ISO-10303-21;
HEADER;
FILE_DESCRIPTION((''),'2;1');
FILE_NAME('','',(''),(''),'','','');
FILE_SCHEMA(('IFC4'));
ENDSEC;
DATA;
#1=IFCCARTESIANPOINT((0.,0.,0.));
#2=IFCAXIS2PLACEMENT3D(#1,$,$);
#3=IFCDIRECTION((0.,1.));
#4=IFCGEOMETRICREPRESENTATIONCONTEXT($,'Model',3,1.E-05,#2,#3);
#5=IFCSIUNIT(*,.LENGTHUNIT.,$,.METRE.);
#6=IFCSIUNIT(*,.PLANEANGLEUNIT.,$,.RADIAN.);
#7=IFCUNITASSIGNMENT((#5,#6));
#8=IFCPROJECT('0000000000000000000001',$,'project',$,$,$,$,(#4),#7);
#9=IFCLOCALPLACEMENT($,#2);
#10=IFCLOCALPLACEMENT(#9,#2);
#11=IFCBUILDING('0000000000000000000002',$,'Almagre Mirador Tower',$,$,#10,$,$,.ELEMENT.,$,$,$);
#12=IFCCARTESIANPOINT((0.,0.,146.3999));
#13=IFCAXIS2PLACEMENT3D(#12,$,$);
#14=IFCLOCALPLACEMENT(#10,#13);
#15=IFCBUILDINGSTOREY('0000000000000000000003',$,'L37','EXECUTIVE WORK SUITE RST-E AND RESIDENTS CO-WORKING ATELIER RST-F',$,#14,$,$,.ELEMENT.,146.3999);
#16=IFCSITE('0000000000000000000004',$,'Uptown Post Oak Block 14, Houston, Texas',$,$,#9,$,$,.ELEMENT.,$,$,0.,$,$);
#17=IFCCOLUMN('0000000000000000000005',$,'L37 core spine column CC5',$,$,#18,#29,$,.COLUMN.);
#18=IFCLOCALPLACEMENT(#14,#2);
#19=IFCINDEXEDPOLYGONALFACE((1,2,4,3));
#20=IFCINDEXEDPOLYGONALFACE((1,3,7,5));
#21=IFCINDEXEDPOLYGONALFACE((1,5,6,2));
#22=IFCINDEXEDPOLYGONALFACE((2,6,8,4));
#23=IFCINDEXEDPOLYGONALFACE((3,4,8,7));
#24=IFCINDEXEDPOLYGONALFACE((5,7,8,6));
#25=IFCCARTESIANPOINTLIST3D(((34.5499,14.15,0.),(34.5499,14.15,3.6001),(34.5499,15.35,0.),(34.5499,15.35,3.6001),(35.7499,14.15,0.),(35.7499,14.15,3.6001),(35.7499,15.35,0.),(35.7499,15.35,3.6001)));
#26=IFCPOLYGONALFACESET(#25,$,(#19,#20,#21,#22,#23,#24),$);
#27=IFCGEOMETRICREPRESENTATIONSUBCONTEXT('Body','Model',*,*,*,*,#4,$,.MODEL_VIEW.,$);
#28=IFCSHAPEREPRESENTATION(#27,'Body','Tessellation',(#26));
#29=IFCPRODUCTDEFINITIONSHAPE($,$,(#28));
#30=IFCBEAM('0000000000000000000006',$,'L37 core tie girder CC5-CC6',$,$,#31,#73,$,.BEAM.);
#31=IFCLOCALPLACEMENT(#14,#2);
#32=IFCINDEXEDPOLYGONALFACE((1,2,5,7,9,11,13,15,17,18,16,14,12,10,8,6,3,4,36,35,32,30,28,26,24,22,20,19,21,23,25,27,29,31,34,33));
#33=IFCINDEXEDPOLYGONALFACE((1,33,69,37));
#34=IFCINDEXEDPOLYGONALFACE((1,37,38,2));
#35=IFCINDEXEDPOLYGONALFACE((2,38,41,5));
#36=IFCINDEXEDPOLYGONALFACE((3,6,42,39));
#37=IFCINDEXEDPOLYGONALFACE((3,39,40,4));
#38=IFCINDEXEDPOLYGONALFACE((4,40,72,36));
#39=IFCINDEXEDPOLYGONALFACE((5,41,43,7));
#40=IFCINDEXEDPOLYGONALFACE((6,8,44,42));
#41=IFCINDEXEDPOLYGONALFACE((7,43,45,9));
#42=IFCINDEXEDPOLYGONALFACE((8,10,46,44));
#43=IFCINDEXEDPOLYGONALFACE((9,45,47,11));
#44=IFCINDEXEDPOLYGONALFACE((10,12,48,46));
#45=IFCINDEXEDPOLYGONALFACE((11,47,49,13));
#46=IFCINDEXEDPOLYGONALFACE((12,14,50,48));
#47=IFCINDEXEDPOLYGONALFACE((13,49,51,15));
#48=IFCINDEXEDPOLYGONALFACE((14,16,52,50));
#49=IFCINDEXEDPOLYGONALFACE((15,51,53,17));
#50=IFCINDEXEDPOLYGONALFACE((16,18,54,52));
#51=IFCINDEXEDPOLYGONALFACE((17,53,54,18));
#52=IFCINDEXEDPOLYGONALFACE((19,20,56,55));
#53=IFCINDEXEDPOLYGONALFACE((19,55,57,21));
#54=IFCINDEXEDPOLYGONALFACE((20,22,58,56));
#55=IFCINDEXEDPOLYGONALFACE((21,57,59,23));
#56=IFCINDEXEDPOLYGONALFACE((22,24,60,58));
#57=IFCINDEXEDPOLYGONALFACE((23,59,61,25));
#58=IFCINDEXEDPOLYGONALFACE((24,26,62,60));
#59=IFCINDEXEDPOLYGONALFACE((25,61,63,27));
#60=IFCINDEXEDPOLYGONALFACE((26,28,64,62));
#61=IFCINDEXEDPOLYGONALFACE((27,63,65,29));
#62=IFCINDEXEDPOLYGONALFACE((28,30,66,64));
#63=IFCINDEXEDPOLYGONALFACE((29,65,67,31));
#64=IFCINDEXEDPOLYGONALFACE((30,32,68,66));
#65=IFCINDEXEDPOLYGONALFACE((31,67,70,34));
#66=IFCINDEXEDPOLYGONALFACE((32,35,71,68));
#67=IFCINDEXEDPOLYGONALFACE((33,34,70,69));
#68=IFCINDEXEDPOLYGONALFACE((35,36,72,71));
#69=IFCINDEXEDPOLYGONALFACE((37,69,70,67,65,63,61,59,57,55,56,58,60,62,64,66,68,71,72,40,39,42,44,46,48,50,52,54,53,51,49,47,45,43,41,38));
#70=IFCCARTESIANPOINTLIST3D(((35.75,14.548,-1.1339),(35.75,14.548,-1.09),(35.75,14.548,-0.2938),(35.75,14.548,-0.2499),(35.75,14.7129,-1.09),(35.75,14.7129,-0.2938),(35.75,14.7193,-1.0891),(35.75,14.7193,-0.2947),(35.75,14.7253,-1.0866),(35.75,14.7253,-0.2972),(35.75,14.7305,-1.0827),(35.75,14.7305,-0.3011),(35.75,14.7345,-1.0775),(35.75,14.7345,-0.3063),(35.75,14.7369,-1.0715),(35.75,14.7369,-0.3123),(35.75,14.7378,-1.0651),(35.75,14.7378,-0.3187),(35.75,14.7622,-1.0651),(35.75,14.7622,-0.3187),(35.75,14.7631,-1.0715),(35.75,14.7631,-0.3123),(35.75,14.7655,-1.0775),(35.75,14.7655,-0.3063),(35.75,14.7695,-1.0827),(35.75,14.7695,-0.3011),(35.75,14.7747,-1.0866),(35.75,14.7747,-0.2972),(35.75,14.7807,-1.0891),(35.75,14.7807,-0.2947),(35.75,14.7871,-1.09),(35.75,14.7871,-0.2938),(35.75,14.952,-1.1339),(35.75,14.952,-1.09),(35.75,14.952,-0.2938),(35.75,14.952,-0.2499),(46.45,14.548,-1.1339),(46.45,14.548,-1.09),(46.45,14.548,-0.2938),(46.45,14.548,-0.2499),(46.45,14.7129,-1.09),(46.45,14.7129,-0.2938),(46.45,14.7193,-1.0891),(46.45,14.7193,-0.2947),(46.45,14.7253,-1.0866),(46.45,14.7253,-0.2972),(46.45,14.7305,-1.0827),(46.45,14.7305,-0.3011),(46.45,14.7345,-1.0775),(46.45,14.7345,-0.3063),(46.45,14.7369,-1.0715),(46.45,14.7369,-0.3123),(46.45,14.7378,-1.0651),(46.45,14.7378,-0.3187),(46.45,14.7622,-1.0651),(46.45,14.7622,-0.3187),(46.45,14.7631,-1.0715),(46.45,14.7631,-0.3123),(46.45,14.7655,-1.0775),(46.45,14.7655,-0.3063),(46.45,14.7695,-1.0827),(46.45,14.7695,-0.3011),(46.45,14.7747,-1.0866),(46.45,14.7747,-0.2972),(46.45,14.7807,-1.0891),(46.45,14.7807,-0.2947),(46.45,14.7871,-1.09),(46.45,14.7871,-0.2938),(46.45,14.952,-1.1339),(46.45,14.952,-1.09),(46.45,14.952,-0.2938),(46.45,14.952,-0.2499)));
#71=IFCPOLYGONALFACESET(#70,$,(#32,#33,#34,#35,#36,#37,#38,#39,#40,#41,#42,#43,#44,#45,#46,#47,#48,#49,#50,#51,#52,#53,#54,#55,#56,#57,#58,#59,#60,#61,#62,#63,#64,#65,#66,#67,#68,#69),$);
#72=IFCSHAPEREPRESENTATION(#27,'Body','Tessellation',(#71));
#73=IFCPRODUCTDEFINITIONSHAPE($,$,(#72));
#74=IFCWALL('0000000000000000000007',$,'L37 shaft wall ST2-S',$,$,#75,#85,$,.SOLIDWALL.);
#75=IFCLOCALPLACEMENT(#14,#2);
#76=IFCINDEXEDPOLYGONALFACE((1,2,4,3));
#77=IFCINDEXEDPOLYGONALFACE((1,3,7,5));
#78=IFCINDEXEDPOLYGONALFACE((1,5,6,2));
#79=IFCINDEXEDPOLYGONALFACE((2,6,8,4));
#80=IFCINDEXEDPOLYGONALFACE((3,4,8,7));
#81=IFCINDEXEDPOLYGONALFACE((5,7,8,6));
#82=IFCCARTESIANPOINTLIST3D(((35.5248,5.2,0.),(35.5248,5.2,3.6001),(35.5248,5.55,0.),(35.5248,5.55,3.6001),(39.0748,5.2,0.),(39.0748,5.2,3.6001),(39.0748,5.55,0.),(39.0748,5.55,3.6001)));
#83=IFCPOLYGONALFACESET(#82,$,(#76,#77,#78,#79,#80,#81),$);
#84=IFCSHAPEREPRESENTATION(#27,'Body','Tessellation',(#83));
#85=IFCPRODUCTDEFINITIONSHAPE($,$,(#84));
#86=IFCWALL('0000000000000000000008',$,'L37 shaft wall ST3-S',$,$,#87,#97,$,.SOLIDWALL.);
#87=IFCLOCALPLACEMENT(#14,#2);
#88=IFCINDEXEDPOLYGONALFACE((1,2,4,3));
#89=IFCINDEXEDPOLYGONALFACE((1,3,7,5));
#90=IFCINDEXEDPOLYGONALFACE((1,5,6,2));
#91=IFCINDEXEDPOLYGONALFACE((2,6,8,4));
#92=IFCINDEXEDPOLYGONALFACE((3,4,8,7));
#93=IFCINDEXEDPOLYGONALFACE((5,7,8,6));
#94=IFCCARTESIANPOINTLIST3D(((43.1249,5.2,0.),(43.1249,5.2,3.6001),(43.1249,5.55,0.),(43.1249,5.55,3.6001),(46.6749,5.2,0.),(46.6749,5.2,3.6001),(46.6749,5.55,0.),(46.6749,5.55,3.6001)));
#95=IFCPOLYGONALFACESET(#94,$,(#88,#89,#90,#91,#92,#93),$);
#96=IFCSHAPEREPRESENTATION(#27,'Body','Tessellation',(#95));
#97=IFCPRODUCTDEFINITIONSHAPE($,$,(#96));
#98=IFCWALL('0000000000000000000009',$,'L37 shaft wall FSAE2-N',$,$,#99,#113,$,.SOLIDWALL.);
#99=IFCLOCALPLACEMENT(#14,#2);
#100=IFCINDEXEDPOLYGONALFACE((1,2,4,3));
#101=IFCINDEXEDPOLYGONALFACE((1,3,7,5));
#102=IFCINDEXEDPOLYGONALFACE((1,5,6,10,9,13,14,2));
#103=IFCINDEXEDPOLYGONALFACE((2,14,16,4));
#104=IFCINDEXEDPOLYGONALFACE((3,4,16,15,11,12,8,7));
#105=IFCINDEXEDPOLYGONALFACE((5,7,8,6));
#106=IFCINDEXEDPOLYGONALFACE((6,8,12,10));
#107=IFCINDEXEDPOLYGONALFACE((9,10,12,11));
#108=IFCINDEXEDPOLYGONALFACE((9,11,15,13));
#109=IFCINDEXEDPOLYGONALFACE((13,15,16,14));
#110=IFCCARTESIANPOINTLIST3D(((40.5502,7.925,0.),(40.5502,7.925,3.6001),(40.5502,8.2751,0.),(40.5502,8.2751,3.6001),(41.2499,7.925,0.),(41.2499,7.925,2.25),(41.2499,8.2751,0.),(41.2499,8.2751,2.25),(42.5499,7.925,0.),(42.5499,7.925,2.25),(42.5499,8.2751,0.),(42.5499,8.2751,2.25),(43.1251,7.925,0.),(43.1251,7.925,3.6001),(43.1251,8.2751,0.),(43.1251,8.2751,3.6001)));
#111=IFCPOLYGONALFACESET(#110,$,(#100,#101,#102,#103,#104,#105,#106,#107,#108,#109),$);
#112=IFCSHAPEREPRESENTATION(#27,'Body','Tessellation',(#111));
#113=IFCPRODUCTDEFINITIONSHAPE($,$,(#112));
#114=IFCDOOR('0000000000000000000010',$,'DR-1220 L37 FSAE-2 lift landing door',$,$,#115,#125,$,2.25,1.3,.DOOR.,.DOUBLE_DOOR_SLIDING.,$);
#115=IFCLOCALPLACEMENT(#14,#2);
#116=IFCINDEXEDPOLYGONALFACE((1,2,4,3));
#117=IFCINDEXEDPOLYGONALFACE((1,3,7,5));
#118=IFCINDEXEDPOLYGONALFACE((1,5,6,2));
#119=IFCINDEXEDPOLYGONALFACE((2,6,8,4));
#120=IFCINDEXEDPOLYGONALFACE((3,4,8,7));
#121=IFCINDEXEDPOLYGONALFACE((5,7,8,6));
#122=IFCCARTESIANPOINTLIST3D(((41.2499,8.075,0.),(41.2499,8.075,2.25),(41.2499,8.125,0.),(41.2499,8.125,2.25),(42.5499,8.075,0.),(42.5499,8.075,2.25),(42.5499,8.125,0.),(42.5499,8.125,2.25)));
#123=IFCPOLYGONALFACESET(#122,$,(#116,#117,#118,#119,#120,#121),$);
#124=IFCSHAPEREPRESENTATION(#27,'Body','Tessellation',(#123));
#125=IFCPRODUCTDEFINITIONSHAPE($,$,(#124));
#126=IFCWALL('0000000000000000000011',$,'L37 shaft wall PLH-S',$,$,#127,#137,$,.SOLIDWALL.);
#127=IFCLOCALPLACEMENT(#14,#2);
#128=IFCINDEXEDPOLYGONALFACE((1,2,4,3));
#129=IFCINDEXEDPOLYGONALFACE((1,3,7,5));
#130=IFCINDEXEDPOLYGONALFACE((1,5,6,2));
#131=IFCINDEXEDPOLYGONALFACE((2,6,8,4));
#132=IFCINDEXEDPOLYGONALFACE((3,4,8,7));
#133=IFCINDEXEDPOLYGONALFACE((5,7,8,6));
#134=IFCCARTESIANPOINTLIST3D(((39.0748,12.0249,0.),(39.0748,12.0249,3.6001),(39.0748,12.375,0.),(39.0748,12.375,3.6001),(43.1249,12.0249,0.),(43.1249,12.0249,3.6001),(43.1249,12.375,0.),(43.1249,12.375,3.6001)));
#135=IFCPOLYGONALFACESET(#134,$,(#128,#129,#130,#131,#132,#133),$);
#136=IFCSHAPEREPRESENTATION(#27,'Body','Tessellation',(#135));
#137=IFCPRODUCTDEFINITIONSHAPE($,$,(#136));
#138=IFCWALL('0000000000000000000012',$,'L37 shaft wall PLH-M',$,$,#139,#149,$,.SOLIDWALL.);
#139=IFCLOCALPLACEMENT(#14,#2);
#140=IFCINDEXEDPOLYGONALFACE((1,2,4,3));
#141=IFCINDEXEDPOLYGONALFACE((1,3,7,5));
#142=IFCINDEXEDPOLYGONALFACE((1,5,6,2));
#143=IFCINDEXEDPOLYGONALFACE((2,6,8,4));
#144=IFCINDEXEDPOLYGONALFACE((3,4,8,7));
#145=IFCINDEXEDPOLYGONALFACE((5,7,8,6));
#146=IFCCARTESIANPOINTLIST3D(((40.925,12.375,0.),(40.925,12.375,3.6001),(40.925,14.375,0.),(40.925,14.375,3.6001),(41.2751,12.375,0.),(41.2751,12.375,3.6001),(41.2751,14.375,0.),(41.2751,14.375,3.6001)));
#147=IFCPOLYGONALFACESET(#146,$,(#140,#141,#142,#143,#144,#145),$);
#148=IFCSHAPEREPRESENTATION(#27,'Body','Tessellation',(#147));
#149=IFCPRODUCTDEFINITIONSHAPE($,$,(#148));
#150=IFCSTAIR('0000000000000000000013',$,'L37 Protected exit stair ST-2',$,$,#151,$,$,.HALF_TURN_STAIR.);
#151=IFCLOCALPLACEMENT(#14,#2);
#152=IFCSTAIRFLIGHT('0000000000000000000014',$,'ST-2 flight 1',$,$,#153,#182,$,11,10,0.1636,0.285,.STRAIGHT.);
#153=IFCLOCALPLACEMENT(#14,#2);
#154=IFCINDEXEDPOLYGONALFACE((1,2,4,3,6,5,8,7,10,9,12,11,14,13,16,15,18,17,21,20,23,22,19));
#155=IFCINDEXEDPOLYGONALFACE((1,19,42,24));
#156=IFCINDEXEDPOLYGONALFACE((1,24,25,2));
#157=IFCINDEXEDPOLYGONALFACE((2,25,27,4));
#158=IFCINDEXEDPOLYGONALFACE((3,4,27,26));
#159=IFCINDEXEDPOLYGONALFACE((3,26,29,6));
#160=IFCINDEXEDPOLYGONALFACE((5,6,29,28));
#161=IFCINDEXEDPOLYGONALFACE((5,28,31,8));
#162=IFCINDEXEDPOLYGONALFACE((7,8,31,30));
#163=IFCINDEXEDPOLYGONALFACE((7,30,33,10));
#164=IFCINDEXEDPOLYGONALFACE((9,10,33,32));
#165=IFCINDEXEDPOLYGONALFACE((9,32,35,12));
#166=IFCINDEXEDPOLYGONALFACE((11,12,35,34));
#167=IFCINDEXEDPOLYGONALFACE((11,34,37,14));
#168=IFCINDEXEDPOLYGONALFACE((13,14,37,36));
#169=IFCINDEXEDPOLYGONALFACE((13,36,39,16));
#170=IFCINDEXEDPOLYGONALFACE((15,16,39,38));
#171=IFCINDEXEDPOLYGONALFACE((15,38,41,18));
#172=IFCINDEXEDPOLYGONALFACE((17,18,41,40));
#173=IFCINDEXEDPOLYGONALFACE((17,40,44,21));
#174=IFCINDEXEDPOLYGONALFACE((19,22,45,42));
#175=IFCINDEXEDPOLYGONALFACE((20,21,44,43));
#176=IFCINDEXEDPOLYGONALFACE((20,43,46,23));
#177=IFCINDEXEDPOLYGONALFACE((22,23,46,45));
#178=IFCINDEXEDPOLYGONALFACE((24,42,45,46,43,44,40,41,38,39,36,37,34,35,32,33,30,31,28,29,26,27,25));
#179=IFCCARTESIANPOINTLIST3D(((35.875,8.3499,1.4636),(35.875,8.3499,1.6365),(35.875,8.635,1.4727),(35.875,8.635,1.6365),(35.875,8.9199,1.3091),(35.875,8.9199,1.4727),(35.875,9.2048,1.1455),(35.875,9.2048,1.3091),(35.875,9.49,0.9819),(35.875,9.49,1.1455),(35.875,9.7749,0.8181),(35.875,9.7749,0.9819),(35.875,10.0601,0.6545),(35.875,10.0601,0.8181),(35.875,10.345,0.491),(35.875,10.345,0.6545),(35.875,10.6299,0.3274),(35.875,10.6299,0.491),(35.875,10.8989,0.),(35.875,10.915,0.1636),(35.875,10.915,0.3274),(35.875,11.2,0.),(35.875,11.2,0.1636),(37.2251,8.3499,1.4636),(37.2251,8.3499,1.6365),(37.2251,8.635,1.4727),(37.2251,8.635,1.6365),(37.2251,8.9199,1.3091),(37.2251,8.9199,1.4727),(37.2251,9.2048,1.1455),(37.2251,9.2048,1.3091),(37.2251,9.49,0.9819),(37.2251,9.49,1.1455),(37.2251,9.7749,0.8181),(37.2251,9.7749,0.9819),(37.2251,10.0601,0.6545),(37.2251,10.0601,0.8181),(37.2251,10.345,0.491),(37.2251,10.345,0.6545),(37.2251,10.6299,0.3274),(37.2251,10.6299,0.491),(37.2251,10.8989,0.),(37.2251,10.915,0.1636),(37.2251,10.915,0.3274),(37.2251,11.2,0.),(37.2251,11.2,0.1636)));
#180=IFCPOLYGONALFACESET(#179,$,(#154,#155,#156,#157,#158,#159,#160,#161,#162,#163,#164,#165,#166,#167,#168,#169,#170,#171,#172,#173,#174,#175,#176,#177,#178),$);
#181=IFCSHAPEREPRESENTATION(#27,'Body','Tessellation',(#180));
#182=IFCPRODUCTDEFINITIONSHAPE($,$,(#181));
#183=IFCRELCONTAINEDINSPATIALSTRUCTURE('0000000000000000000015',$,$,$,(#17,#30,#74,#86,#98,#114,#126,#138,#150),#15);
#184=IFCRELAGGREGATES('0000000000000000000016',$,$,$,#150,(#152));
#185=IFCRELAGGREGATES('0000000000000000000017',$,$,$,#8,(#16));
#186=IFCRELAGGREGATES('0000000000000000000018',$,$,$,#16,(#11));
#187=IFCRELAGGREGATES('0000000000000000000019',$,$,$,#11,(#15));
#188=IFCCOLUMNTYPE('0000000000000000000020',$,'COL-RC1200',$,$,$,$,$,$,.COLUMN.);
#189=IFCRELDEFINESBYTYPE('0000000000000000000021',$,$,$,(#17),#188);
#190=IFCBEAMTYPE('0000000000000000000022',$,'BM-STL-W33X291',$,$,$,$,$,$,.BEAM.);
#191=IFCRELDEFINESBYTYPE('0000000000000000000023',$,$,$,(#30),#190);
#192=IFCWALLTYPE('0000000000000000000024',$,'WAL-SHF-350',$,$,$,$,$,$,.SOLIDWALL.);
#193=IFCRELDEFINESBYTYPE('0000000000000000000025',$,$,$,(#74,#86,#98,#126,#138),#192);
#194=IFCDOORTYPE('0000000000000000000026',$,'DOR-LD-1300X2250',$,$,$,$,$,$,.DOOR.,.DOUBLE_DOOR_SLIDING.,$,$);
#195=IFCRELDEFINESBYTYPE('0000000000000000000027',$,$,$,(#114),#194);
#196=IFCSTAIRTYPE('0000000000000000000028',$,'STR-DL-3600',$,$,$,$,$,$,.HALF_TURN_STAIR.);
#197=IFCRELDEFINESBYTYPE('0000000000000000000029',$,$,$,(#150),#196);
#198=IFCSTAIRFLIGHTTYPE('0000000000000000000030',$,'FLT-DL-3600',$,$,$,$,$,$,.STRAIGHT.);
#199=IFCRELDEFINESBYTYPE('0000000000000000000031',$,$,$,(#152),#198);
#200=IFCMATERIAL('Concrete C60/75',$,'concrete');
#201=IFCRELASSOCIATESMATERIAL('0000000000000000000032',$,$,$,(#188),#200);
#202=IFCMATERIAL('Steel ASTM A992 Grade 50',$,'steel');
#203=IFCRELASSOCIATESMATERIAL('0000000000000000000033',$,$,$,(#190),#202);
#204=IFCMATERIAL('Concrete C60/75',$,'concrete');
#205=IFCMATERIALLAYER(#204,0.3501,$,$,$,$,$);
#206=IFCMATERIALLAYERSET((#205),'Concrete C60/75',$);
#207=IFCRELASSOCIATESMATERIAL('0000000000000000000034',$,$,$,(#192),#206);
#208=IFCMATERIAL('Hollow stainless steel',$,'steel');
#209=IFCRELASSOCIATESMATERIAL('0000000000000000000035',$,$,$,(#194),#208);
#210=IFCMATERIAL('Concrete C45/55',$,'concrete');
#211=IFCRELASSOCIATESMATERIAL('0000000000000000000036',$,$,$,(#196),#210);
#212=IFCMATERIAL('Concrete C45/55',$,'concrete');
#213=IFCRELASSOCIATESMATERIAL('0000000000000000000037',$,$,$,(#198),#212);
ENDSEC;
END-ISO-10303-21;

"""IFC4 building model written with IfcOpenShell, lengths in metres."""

from ifc_helpers import new_model, si_unit, direction, frame, frame_2d, origin, origin_2d, place, context, subcontext, project, spatial, polyline, rectangle, i_section, outline, extrude, material, layer, layer_set, material_profile, profile_set, type_object, element, fill, aggregate, save


model = new_model("IFC4")

# Units and contexts
model_context = context("Model", 3, precision=1e-05, world=origin(), true_north=direction((0.0, 1.0)))
body_context = subcontext(model_context, "Body", "Model", "MODEL_VIEW")
ifc_project = project(units=[si_unit("LENGTHUNIT", "METRE"), si_unit("PLANEANGLEUNIT", "RADIAN")], contexts=[model_context])

# Site, building, storey
site_placement = place(None, origin())
site = spatial("IfcSite", under=ifc_project, at=site_placement, Name="Uptown Post Oak Block 14, Houston, Texas", CompositionType="ELEMENT", RefElevation=0.0)
building_placement = place(site_placement, origin())
building = spatial("IfcBuilding", under=site, at=building_placement, Name="Almagre Mirador Tower", CompositionType="ELEMENT")
storey_placement = place(building_placement, frame((0.0, 0.0, 146.3999)))
storey = spatial("IfcBuildingStorey", under=building, at=storey_placement, Name="L37", Description="EXECUTIVE WORK SUITE RST-E AND RESIDENTS CO-WORKING ATELIER RST-F", CompositionType="ELEMENT", Elevation=146.3999)

# Column
ifc_material_1 = material(Name="Concrete C60/75", Category="concrete")
ifc_material_profile_1 = material_profile(ifc_material_1, rectangle(XDim=1.2, YDim=1.2, at=origin_2d()), Name="RC1200X1200")
ifc_profile_set_1 = profile_set([ifc_material_profile_1], Name="Concrete C60/75")
column_type = type_object("IfcColumnType", Name="COL-RC1200", PredefinedType="COLUMN", material=ifc_profile_set_1)
column_placement = place(storey_placement, frame((35.1499, 14.75, 0.0), z_axis=(0.0, 0.0, 1.0), x_axis=(1.0, 0.0, 0.0)))
element("IfcColumn", 1, at=column_placement, inside=storey, type_object=column_type, Name="L37 core spine column CC5", PredefinedType="COLUMN", context=body_context, shape_type="SweptSolid", body=[
    extrude(rectangle(XDim=1.2, YDim=1.2, at=origin_2d()), origin(), (0.0, 0.0, 1.0), 3.6001),
])

# Beam
ifc_material_2 = material(Name="Steel ASTM A992 Grade 50", Category="steel")
ifc_material_profile_2 = material_profile(ifc_material_2, i_section(OverallWidth=0.4041, OverallDepth=0.884, WebThickness=0.0244, FlangeThickness=0.0439, FilletRadius=0.0249, at=origin_2d()), Name="W33X291")
ifc_profile_set_2 = profile_set([ifc_material_profile_2], Name="Steel ASTM A992 Grade 50")
beam_type = type_object("IfcBeamType", Name="BM-STL-W33X291", PredefinedType="BEAM", material=ifc_profile_set_2)
beam_placement = place(storey_placement, frame((35.75, 14.75, -0.6919), z_axis=(1.0, 0.0, 0.0), x_axis=(0.0, 1.0, 0.0)))
element("IfcBeam", 2, at=beam_placement, inside=storey, type_object=beam_type, Name="L37 core tie girder CC5-CC6", PredefinedType="BEAM", context=body_context, shape_type="SweptSolid", body=[
    extrude(i_section(OverallWidth=0.4041, OverallDepth=0.884, WebThickness=0.0244, FlangeThickness=0.0439, FilletRadius=0.0249, at=origin_2d()), origin(), (0.0, 0.0, 1.0), 10.7),
])

# Walls
ifc_material_3 = material(Name="Concrete C60/75", Category="concrete")
ifc_layer_1 = layer(ifc_material_3, 0.3501)
ifc_layer_set_1 = layer_set([ifc_layer_1], Name="Concrete C60/75")
wall_type_1 = type_object("IfcWallType", Name="WAL-SHF-350", PredefinedType="SOLIDWALL", material=ifc_layer_set_1)
for number, where, z_axis, x_axis, name in (
    (3, (35.5249, 5.375, 0.0), (0.0, 0.0, 1.0), (1.0, 0.0, 0.0), "L37 shaft wall ST2-S"),
    (4, (43.125, 5.375, 0.0), (0.0, 0.0, 1.0), (1.0, 0.0, 0.0), "L37 shaft wall ST3-S"),
):
    element("IfcWall", number, at=place(storey_placement, frame(where, z_axis=z_axis, x_axis=x_axis)), inside=storey, type_object=wall_type_1, Name=name, PredefinedType="SOLIDWALL", context=body_context, shape_type="SweptSolid", body=[
        extrude(rectangle(XDim=3.55, YDim=0.3501, at=frame_2d((1.7749, 0.0))), origin(), (0.0, 0.0, 1.0), 3.6001),
    ])

# Wall, opening, door
wall_1_placement = place(storey_placement, frame((40.55, 8.1001, 0.0), z_axis=(0.0, 0.0, 1.0), x_axis=(1.0, 0.0, 0.0)))
wall_1 = element("IfcWall", 5, at=wall_1_placement, inside=storey, type_object=wall_type_1, Name="L37 shaft wall FSAE2-N", PredefinedType="SOLIDWALL", context=body_context, shape_type="SweptSolid", body=[
    extrude(rectangle(XDim=2.575, YDim=0.3501, at=frame_2d((1.2876, 0.0))), origin(), (0.0, 0.0, 1.0), 3.6001),
])
opening_1_placement = place(wall_1_placement, frame((0.7, 0.0, 0.0)))
opening_1 = element("IfcOpeningElement", 6, at=opening_1_placement, cuts=wall_1, PredefinedType="OPENING", context=body_context, shape_type="SweptSolid", body=[
    extrude(rectangle(XDim=1.3, YDim=2.25, at=frame_2d((0.6499, 1.125))), frame((0.0, 0.185, 0.0), z_axis=(0.0, -1.0, 0.0), x_axis=(1.0, 0.0, 0.0)), (0.0, 0.0, 1.0), 0.3701),
])
ifc_material_4 = material(Name="Hollow stainless steel", Category="steel")
door_type_1 = type_object("IfcDoorType", Name="DOR-LD-1300X2250", OperationType="DOUBLE_DOOR_SLIDING", PredefinedType="DOOR", material=ifc_material_4)
door_1_placement = place(opening_1_placement, origin())
door_1 = element("IfcDoor", 7, at=door_1_placement, inside=storey, type_object=door_type_1, Name="DR-1220 L37 FSAE-2 lift landing door", OperationType="DOUBLE_DOOR_SLIDING", OverallHeight=2.25, OverallWidth=1.3, PredefinedType="DOOR", context=body_context, shape_type="SweptSolid", body=[
    extrude(rectangle(XDim=1.3, YDim=2.25, at=frame_2d((0.6499, 1.125))), frame((0.0, 0.0249, 0.0), z_axis=(0.0, -1.0, 0.0), x_axis=(1.0, 0.0, 0.0)), (0.0, 0.0, 1.0), 0.05),
])
fill(opening_1, door_1)

# Walls
wall_2_placement = place(storey_placement, frame((39.075, 12.2, 0.0), z_axis=(0.0, 0.0, 1.0), x_axis=(1.0, 0.0, 0.0)))
element("IfcWall", 8, at=wall_2_placement, inside=storey, type_object=wall_type_1, Name="L37 shaft wall PLH-S", PredefinedType="SOLIDWALL", context=body_context, shape_type="SweptSolid", body=[
    extrude(rectangle(XDim=4.05, YDim=0.3501, at=frame_2d((2.0249, 0.0))), origin(), (0.0, 0.0, 1.0), 3.6001),
])
wall_3_placement = place(storey_placement, frame((41.1001, 12.375, 0.0), z_axis=(0.0, 0.0, 1.0), x_axis=(0.0, 1.0, 0.0)))
element("IfcWall", 9, at=wall_3_placement, inside=storey, type_object=wall_type_1, Name="L37 shaft wall PLH-M", PredefinedType="SOLIDWALL", context=body_context, shape_type="SweptSolid", body=[
    extrude(rectangle(XDim=2.0, YDim=0.3501, at=frame_2d((1.0, 0.0))), origin(), (0.0, 0.0, 1.0), 3.6001),
])

# Stair, stair flight
ifc_material_5 = material(Name="Concrete C45/55", Category="concrete")
stair_type = type_object("IfcStairType", Name="STR-DL-3600", PredefinedType="HALF_TURN_STAIR", material=ifc_material_5)
stair_1_placement = place(storey_placement, origin())
stair_1 = element("IfcStair", 10, at=stair_1_placement, inside=storey, type_object=stair_type, Name="L37 Protected exit stair ST-2", PredefinedType="HALF_TURN_STAIR")
ifc_material_6 = material(Name="Concrete C45/55", Category="concrete")
stair_flight_type = type_object("IfcStairFlightType", Name="FLT-DL-3600", PredefinedType="STRAIGHT", material=ifc_material_6)
stair_flight_1_placement = place(storey_placement, frame((36.55, 11.2, 0.0), z_axis=(0.0, 0.0, 1.0), x_axis=(0.0, -1.0, 0.0)))
stair_flight_1 = element("IfcStairFlight", 11, at=stair_flight_1_placement, type_object=stair_flight_type, Name="ST-2 flight 1", NumberOfRisers=11, NumberOfTreads=10, PredefinedType="STRAIGHT", RiserHeight=0.1636, TreadLength=0.285, context=body_context, shape_type="SweptSolid", body=[
    extrude(outline(polyline([(0.0, 0.0), (0.0, 0.1636), (0.2849, 0.1636), (0.2849, 0.3274), (0.5701, 0.3274), (0.5701, 0.491), (0.855, 0.491), (0.855, 0.6545), (1.1399, 0.6545), (1.1399, 0.8181), (1.425, 0.8181), (1.425, 0.9819), (1.71, 0.9819), (1.71, 1.1455), (1.9951, 1.1455), (1.9951, 1.3091), (2.28, 1.3091), (2.28, 1.4727), (2.5649, 1.4727), (2.5649, 1.6365), (2.8501, 1.6365), (2.8501, 1.8), (2.8501, 1.4636), (0.301, 0.0), (0.0, 0.0)])), frame((0.0, 0.675, 0.0), z_axis=(0.0, -1.0, 0.0), x_axis=(1.0, 0.0, 0.0)), (0.0, 0.0, 1.0), 1.3501),
])
aggregate(stair_1, [stair_flight_1])

save(model, "model.ifc")
